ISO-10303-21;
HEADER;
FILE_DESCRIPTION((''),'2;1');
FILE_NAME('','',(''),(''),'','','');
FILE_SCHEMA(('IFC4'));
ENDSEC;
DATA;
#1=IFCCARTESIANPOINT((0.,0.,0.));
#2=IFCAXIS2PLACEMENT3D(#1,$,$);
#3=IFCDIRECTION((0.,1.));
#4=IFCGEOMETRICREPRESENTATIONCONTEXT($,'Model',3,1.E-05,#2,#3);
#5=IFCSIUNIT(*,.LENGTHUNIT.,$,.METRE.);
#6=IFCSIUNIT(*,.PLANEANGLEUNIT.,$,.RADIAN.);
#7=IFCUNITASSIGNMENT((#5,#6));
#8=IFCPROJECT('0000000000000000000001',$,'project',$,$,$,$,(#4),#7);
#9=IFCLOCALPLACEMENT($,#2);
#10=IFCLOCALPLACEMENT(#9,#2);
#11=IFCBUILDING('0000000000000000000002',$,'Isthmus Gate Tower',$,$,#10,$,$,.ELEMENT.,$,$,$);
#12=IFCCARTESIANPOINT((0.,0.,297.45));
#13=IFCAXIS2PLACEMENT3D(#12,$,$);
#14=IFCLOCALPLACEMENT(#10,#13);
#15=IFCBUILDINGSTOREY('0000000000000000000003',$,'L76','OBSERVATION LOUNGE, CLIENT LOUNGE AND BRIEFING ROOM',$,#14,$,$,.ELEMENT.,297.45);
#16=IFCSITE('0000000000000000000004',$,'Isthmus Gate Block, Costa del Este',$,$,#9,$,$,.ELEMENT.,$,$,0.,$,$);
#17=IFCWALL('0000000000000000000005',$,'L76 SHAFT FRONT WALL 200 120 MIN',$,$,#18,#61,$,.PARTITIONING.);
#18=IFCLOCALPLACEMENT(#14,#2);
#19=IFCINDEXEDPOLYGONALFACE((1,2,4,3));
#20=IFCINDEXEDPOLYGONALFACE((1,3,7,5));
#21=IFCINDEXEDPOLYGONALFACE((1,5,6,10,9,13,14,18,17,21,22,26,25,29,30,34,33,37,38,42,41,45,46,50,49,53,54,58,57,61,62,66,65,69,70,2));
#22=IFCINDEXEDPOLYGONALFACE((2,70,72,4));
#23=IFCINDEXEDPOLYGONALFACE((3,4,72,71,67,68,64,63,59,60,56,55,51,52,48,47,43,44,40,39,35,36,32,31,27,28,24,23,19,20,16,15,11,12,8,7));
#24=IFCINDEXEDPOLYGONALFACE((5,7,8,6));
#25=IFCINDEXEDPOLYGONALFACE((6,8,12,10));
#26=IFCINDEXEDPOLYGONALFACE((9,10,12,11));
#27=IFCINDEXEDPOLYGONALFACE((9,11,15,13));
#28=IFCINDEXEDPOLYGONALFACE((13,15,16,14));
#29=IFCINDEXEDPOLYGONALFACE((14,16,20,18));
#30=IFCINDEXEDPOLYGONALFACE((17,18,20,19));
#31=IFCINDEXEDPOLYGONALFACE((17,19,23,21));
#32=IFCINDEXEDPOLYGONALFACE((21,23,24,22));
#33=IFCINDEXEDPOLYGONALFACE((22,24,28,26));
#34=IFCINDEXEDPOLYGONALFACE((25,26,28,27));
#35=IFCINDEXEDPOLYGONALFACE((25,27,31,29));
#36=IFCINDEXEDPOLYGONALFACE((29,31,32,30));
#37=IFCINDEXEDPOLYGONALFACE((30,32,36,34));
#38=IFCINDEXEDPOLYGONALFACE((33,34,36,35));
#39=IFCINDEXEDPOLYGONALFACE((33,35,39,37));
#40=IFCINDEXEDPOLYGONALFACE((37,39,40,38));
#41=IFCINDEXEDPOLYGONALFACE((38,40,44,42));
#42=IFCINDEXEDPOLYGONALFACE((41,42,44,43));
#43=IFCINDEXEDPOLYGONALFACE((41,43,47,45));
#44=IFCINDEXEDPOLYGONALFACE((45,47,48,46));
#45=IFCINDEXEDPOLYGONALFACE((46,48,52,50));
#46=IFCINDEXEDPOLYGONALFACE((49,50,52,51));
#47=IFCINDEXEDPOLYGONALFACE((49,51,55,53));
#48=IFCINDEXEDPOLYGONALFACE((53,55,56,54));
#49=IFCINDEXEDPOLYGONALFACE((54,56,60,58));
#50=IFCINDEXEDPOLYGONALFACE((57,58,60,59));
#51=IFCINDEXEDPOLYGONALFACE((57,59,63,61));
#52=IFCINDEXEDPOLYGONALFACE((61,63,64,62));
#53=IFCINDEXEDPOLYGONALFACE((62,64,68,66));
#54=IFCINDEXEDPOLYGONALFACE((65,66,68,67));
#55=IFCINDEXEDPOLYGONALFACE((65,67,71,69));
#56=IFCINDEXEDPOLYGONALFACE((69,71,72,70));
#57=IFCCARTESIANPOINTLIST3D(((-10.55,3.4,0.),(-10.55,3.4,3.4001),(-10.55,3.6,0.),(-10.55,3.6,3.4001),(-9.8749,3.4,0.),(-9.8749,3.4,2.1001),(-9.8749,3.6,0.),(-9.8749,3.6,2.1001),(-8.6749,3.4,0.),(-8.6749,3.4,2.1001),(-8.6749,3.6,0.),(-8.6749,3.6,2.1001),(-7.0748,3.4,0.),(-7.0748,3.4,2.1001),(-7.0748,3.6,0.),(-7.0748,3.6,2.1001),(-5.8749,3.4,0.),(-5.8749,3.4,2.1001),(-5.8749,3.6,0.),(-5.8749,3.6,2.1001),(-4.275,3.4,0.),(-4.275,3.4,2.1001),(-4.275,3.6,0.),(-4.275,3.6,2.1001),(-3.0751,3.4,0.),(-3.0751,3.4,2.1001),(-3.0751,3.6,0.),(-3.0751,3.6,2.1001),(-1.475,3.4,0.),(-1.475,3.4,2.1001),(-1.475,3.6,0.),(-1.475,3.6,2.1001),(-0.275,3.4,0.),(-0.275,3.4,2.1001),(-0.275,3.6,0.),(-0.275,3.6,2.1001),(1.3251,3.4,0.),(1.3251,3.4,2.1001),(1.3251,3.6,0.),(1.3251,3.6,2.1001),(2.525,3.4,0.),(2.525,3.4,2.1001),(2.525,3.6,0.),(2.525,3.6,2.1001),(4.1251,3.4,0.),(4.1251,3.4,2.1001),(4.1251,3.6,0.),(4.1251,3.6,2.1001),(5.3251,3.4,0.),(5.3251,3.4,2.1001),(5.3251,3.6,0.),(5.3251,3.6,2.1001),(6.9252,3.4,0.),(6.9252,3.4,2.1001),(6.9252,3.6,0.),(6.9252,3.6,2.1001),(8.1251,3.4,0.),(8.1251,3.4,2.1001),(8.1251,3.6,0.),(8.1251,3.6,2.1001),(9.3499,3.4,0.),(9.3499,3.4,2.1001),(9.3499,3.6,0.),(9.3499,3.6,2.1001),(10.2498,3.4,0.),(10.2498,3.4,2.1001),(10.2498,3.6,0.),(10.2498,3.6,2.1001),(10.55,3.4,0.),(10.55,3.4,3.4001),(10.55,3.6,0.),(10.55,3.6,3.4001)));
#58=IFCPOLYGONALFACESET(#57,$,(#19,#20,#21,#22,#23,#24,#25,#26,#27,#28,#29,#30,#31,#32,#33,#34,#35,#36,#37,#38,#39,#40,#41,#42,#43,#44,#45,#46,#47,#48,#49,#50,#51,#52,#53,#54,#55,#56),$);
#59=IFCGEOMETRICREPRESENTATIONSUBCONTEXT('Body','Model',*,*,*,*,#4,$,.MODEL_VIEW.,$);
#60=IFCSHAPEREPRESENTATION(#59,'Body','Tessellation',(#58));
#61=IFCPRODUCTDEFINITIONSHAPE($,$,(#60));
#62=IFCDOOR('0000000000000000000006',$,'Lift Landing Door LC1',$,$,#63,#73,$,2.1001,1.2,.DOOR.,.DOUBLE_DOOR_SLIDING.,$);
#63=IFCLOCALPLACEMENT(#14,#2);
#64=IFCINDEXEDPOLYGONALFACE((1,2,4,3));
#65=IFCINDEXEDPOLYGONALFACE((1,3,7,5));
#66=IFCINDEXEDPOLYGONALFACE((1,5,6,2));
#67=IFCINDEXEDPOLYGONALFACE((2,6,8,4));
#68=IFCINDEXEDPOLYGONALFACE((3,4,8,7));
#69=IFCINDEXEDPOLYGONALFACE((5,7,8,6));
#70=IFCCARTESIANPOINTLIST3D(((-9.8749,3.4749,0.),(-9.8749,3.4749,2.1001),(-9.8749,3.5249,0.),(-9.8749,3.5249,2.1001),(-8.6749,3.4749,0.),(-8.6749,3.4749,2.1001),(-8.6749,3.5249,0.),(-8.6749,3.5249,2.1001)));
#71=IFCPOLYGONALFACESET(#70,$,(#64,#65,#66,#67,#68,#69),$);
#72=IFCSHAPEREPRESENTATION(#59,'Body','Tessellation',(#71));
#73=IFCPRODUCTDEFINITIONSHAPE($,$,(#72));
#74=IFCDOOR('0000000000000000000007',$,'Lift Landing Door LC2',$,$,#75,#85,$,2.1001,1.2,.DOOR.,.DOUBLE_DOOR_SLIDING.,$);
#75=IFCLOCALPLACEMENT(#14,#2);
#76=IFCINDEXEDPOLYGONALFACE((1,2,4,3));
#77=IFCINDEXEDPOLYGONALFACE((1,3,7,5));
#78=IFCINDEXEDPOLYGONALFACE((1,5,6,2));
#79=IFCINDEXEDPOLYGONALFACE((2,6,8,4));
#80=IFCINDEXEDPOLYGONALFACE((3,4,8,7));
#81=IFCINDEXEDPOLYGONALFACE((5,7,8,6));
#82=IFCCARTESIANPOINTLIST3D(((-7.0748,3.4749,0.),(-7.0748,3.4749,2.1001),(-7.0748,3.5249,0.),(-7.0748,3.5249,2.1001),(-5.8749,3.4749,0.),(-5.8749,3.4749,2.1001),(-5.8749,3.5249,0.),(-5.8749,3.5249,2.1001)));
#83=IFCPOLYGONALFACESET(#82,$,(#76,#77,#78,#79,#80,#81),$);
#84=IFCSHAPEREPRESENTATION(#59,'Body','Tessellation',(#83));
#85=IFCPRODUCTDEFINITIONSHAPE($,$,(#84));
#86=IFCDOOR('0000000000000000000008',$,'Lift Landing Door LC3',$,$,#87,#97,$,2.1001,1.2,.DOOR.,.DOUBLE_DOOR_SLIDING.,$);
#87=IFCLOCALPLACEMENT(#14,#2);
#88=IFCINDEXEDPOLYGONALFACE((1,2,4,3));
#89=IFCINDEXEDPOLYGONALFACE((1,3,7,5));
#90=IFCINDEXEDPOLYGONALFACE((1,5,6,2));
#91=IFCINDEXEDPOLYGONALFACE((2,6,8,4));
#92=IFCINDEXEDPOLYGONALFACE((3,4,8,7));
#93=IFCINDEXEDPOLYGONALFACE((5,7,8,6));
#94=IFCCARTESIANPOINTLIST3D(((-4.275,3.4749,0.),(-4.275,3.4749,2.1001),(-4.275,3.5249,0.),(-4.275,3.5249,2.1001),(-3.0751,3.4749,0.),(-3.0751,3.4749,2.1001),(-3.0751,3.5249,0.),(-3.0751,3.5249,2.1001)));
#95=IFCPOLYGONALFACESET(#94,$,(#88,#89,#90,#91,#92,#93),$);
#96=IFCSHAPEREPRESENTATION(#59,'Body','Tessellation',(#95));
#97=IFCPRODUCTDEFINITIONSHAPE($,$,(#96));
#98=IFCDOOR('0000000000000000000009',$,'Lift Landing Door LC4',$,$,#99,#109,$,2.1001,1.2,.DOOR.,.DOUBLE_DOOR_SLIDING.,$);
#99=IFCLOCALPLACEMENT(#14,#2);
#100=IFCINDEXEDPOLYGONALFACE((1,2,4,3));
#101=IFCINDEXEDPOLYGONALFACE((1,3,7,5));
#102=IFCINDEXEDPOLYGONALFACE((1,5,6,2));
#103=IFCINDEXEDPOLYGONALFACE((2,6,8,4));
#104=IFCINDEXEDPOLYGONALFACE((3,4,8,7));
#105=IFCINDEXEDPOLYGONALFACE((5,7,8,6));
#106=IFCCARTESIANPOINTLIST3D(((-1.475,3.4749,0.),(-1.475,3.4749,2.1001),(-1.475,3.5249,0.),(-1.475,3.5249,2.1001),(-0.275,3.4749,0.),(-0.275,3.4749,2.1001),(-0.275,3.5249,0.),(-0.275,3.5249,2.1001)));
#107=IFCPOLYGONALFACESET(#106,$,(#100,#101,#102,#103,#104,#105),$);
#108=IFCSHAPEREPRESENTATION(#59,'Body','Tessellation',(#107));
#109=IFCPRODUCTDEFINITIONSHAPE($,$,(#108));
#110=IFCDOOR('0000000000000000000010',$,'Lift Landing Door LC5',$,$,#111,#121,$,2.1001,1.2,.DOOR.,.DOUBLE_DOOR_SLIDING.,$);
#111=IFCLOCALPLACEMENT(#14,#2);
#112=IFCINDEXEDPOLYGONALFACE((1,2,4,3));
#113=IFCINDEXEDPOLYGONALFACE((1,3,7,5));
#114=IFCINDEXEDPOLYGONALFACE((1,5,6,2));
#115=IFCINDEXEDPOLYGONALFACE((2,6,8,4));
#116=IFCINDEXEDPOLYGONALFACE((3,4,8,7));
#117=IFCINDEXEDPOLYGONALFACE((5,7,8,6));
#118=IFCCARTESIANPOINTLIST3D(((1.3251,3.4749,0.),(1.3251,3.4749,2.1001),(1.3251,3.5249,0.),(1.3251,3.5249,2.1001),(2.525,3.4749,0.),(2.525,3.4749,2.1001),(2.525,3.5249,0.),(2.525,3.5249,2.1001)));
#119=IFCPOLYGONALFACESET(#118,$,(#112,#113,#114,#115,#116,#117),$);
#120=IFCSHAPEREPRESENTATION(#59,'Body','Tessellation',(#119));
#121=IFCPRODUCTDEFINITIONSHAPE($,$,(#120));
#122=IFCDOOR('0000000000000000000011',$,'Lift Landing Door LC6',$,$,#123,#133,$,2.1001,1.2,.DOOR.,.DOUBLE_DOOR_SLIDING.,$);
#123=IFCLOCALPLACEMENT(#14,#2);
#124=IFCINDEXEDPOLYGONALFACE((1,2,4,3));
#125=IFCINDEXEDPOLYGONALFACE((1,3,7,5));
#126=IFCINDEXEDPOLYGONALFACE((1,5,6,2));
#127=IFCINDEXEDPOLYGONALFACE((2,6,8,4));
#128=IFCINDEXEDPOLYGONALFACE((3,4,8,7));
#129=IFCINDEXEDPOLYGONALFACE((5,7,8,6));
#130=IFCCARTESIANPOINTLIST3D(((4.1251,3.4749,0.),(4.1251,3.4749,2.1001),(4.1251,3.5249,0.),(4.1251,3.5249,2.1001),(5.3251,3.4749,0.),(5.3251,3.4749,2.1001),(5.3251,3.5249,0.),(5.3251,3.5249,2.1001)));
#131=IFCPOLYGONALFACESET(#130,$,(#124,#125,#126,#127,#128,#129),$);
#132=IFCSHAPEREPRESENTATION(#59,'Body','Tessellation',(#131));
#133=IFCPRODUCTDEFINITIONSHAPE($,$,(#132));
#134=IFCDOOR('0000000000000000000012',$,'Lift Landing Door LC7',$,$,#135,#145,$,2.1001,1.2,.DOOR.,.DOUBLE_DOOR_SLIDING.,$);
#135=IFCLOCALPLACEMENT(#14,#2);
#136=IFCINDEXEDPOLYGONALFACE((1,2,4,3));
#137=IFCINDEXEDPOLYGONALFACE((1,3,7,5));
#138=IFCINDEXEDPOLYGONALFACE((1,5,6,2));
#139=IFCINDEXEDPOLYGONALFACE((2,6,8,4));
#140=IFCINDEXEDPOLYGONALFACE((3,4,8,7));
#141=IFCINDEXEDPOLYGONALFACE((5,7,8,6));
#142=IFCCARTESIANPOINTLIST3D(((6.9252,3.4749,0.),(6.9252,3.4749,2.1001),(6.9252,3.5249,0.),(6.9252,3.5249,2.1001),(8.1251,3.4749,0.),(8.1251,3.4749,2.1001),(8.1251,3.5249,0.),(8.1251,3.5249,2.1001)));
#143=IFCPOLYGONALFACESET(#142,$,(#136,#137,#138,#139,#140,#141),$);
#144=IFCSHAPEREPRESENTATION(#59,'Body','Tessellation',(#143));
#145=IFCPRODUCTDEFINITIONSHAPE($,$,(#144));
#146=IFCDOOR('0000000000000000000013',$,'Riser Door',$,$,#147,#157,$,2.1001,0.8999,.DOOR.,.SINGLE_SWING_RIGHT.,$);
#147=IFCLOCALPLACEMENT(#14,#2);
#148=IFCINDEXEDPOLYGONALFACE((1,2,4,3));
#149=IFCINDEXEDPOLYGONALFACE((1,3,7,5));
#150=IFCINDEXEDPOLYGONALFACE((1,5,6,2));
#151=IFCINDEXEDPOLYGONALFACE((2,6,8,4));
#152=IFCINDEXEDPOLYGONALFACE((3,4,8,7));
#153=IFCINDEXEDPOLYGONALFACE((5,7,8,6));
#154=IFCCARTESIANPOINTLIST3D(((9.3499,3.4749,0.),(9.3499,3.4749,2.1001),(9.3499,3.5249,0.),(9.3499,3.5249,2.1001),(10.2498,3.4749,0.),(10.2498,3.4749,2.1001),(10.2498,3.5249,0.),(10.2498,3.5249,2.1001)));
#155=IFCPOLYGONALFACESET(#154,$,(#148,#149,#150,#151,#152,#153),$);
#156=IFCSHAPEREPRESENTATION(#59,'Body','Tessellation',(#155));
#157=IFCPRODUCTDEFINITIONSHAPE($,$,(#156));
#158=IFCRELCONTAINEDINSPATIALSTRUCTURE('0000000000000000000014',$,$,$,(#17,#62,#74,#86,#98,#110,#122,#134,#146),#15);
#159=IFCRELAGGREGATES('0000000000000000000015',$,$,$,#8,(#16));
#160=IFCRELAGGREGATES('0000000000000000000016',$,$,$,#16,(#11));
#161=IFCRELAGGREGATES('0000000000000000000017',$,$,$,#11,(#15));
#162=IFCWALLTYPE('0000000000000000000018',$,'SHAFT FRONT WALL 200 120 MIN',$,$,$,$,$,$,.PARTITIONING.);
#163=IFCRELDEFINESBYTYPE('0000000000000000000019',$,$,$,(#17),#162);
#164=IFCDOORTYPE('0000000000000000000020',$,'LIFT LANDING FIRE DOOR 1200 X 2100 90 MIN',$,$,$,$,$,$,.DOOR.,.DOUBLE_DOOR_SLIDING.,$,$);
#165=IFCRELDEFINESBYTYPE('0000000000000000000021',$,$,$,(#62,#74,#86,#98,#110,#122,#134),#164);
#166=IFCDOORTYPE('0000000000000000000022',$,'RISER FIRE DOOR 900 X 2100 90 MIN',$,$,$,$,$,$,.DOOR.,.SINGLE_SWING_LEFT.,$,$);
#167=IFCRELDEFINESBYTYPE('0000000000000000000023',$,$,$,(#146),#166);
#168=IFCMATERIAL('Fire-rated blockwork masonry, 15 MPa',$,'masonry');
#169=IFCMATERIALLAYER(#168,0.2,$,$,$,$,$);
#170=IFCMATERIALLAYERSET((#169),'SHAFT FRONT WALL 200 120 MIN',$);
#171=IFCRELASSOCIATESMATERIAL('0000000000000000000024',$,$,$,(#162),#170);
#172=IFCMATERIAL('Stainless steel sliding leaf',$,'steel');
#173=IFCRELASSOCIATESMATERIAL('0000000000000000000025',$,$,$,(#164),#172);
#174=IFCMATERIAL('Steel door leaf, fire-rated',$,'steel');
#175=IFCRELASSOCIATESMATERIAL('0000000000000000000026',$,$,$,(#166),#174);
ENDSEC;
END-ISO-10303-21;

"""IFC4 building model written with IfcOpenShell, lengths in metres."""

from ifc_helpers import new_model, si_unit, direction, frame, frame_2d, origin, place, context, subcontext, project, spatial, rectangle, extrude, material, layer, layer_set, type_object, element, fill, save


model = new_model("IFC4")

# Units and contexts
model_context = context("Model", 3, precision=1e-05, world=origin(), true_north=direction((0.0, 1.0)))
body_context = subcontext(model_context, "Body", "Model", "MODEL_VIEW")
ifc_project = project(units=[si_unit("LENGTHUNIT", "METRE"), si_unit("PLANEANGLEUNIT", "RADIAN")], contexts=[model_context])

# Site, building, storey
site_placement = place(None, origin())
site = spatial("IfcSite", under=ifc_project, at=site_placement, Name="Isthmus Gate Block, Costa del Este", CompositionType="ELEMENT", RefElevation=0.0)
building_placement = place(site_placement, origin())
building = spatial("IfcBuilding", under=site, at=building_placement, Name="Isthmus Gate Tower", CompositionType="ELEMENT")
storey_placement = place(building_placement, frame((0.0, 0.0, 297.45)))
storey = spatial("IfcBuildingStorey", under=building, at=storey_placement, Name="L76", Description="OBSERVATION LOUNGE, CLIENT LOUNGE AND BRIEFING ROOM", CompositionType="ELEMENT", Elevation=297.45)

# Wall, openings, doors
ifc_material_1 = material(Name="Fire-rated blockwork masonry, 15 MPa", Category="masonry")
ifc_layer_1 = layer(ifc_material_1, 0.2)
ifc_layer_set_1 = layer_set([ifc_layer_1], Name="SHAFT FRONT WALL 200 120 MIN")
wall_type_1 = type_object("IfcWallType", Name="SHAFT FRONT WALL 200 120 MIN", PredefinedType="PARTITIONING", material=ifc_layer_set_1)
wall_1_placement = place(storey_placement, frame((-10.55, 3.5, 0.0), z_axis=(0.0, 0.0, 1.0), x_axis=(1.0, 0.0, 0.0)))
wall_1 = element("IfcWall", 1, at=wall_1_placement, inside=storey, type_object=wall_type_1, Name="L76 SHAFT FRONT WALL 200 120 MIN", PredefinedType="PARTITIONING", context=body_context, shape_type="SweptSolid", body=[
    extrude(rectangle(XDim=21.1001, YDim=0.2, at=frame_2d((10.55, 0.0))), origin(), (0.0, 0.0, 1.0), 3.4001),
])
opening_1_placement = place(wall_1_placement, frame((0.675, 0.0, 0.0)))
opening_1 = element("IfcOpeningElement", 2, at=opening_1_placement, cuts=wall_1, PredefinedType="OPENING", context=body_context, shape_type="SweptSolid", body=[
    extrude(rectangle(XDim=1.2, YDim=2.1001, at=frame_2d((0.6001, 1.05))), frame((0.0, 0.1099, 0.0), z_axis=(0.0, -1.0, 0.0), x_axis=(1.0, 0.0, 0.0)), (0.0, 0.0, 1.0), 0.22),
])
opening_2_placement = place(wall_1_placement, frame((3.4751, 0.0, 0.0)))
opening_2 = element("IfcOpeningElement", 3, at=opening_2_placement, cuts=wall_1, PredefinedType="OPENING", context=body_context, shape_type="SweptSolid", body=[
    extrude(rectangle(XDim=1.2, YDim=2.1001, at=frame_2d((0.6001, 1.05))), frame((0.0, 0.1099, 0.0), z_axis=(0.0, -1.0, 0.0), x_axis=(1.0, 0.0, 0.0)), (0.0, 0.0, 1.0), 0.22),
])
opening_3_placement = place(wall_1_placement, frame((6.2749, 0.0, 0.0)))
opening_3 = element("IfcOpeningElement", 4, at=opening_3_placement, cuts=wall_1, PredefinedType="OPENING", context=body_context, shape_type="SweptSolid", body=[
    extrude(rectangle(XDim=1.2, YDim=2.1001, at=frame_2d((0.6001, 1.05))), frame((0.0, 0.1099, 0.0), z_axis=(0.0, -1.0, 0.0), x_axis=(1.0, 0.0, 0.0)), (0.0, 0.0, 1.0), 0.22),
])
opening_4_placement = place(wall_1_placement, frame((9.075, 0.0, 0.0)))
opening_4 = element("IfcOpeningElement", 5, at=opening_4_placement, cuts=wall_1, PredefinedType="OPENING", context=body_context, shape_type="SweptSolid", body=[
    extrude(rectangle(XDim=1.2, YDim=2.1001, at=frame_2d((0.6001, 1.05))), frame((0.0, 0.1099, 0.0), z_axis=(0.0, -1.0, 0.0), x_axis=(1.0, 0.0, 0.0)), (0.0, 0.0, 1.0), 0.22),
])
opening_5_placement = place(wall_1_placement, frame((11.875, 0.0, 0.0)))
opening_5 = element("IfcOpeningElement", 6, at=opening_5_placement, cuts=wall_1, PredefinedType="OPENING", context=body_context, shape_type="SweptSolid", body=[
    extrude(rectangle(XDim=1.2, YDim=2.1001, at=frame_2d((0.6001, 1.05))), frame((0.0, 0.1099, 0.0), z_axis=(0.0, -1.0, 0.0), x_axis=(1.0, 0.0, 0.0)), (0.0, 0.0, 1.0), 0.22),
])
opening_6_placement = place(wall_1_placement, frame((14.675, 0.0, 0.0)))
opening_6 = element("IfcOpeningElement", 7, at=opening_6_placement, cuts=wall_1, PredefinedType="OPENING", context=body_context, shape_type="SweptSolid", body=[
    extrude(rectangle(XDim=1.2, YDim=2.1001, at=frame_2d((0.6001, 1.05))), frame((0.0, 0.1099, 0.0), z_axis=(0.0, -1.0, 0.0), x_axis=(1.0, 0.0, 0.0)), (0.0, 0.0, 1.0), 0.22),
])
opening_7_placement = place(wall_1_placement, frame((17.4751, 0.0, 0.0)))
opening_7 = element("IfcOpeningElement", 8, at=opening_7_placement, cuts=wall_1, PredefinedType="OPENING", context=body_context, shape_type="SweptSolid", body=[
    extrude(rectangle(XDim=1.2, YDim=2.1001, at=frame_2d((0.6001, 1.05))), frame((0.0, 0.1099, 0.0), z_axis=(0.0, -1.0, 0.0), x_axis=(1.0, 0.0, 0.0)), (0.0, 0.0, 1.0), 0.22),
])
opening_8_placement = place(wall_1_placement, frame((19.8999, 0.0, 0.0)))
opening_8 = element("IfcOpeningElement", 9, at=opening_8_placement, cuts=wall_1, PredefinedType="OPENING", context=body_context, shape_type="SweptSolid", body=[
    extrude(rectangle(XDim=0.8999, YDim=2.1001, at=frame_2d((0.45, 1.05))), frame((0.0, 0.1099, 0.0), z_axis=(0.0, -1.0, 0.0), x_axis=(1.0, 0.0, 0.0)), (0.0, 0.0, 1.0), 0.22),
])
ifc_material_2 = material(Name="Stainless steel sliding leaf", Category="steel")
door_type_1 = type_object("IfcDoorType", Name="LIFT LANDING FIRE DOOR 1200 X 2100 90 MIN", OperationType="DOUBLE_DOOR_SLIDING", PredefinedType="DOOR", material=ifc_material_2)
door_1_placement = place(opening_1_placement, origin())
door_1 = element("IfcDoor", 10, at=door_1_placement, inside=storey, type_object=door_type_1, Name="Lift Landing Door LC1", OperationType="DOUBLE_DOOR_SLIDING", OverallHeight=2.1001, OverallWidth=1.2, PredefinedType="DOOR", context=body_context, shape_type="SweptSolid", body=[
    extrude(rectangle(XDim=1.2, YDim=2.1001, at=frame_2d((0.6001, 1.05))), frame((0.0, 0.0249, 0.0), z_axis=(0.0, -1.0, 0.0), x_axis=(1.0, 0.0, 0.0)), (0.0, 0.0, 1.0), 0.05),
])
fill(opening_1, door_1)
door_2_placement = place(opening_2_placement, origin())
door_2 = element("IfcDoor", 11, at=door_2_placement, inside=storey, type_object=door_type_1, Name="Lift Landing Door LC2", OperationType="DOUBLE_DOOR_SLIDING", OverallHeight=2.1001, OverallWidth=1.2, PredefinedType="DOOR", context=body_context, shape_type="SweptSolid", body=[
    extrude(rectangle(XDim=1.2, YDim=2.1001, at=frame_2d((0.6001, 1.05))), frame((0.0, 0.0249, 0.0), z_axis=(0.0, -1.0, 0.0), x_axis=(1.0, 0.0, 0.0)), (0.0, 0.0, 1.0), 0.05),
])
fill(opening_2, door_2)
door_3_placement = place(opening_3_placement, origin())
door_3 = element("IfcDoor", 12, at=door_3_placement, inside=storey, type_object=door_type_1, Name="Lift Landing Door LC3", OperationType="DOUBLE_DOOR_SLIDING", OverallHeight=2.1001, OverallWidth=1.2, PredefinedType="DOOR", context=body_context, shape_type="SweptSolid", body=[
    extrude(rectangle(XDim=1.2, YDim=2.1001, at=frame_2d((0.6001, 1.05))), frame((0.0, 0.0249, 0.0), z_axis=(0.0, -1.0, 0.0), x_axis=(1.0, 0.0, 0.0)), (0.0, 0.0, 1.0), 0.05),
])
fill(opening_3, door_3)
door_4_placement = place(opening_4_placement, origin())
door_4 = element("IfcDoor", 13, at=door_4_placement, inside=storey, type_object=door_type_1, Name="Lift Landing Door LC4", OperationType="DOUBLE_DOOR_SLIDING", OverallHeight=2.1001, OverallWidth=1.2, PredefinedType="DOOR", context=body_context, shape_type="SweptSolid", body=[
    extrude(rectangle(XDim=1.2, YDim=2.1001, at=frame_2d((0.6001, 1.05))), frame((0.0, 0.0249, 0.0), z_axis=(0.0, -1.0, 0.0), x_axis=(1.0, 0.0, 0.0)), (0.0, 0.0, 1.0), 0.05),
])
fill(opening_4, door_4)
door_5_placement = place(opening_5_placement, origin())
door_5 = element("IfcDoor", 14, at=door_5_placement, inside=storey, type_object=door_type_1, Name="Lift Landing Door LC5", OperationType="DOUBLE_DOOR_SLIDING", OverallHeight=2.1001, OverallWidth=1.2, PredefinedType="DOOR", context=body_context, shape_type="SweptSolid", body=[
    extrude(rectangle(XDim=1.2, YDim=2.1001, at=frame_2d((0.6001, 1.05))), frame((0.0, 0.0249, 0.0), z_axis=(0.0, -1.0, 0.0), x_axis=(1.0, 0.0, 0.0)), (0.0, 0.0, 1.0), 0.05),
])
fill(opening_5, door_5)
door_6_placement = place(opening_6_placement, origin())
door_6 = element("IfcDoor", 15, at=door_6_placement, inside=storey, type_object=door_type_1, Name="Lift Landing Door LC6", OperationType="DOUBLE_DOOR_SLIDING", OverallHeight=2.1001, OverallWidth=1.2, PredefinedType="DOOR", context=body_context, shape_type="SweptSolid", body=[
    extrude(rectangle(XDim=1.2, YDim=2.1001, at=frame_2d((0.6001, 1.05))), frame((0.0, 0.0249, 0.0), z_axis=(0.0, -1.0, 0.0), x_axis=(1.0, 0.0, 0.0)), (0.0, 0.0, 1.0), 0.05),
])
fill(opening_6, door_6)
door_7_placement = place(opening_7_placement, origin())
door_7 = element("IfcDoor", 16, at=door_7_placement, inside=storey, type_object=door_type_1, Name="Lift Landing Door LC7", OperationType="DOUBLE_DOOR_SLIDING", OverallHeight=2.1001, OverallWidth=1.2, PredefinedType="DOOR", context=body_context, shape_type="SweptSolid", body=[
    extrude(rectangle(XDim=1.2, YDim=2.1001, at=frame_2d((0.6001, 1.05))), frame((0.0, 0.0249, 0.0), z_axis=(0.0, -1.0, 0.0), x_axis=(1.0, 0.0, 0.0)), (0.0, 0.0, 1.0), 0.05),
])
fill(opening_7, door_7)
ifc_material_3 = material(Name="Steel door leaf, fire-rated", Category="steel")
door_type_2 = type_object("IfcDoorType", Name="RISER FIRE DOOR 900 X 2100 90 MIN", OperationType="SINGLE_SWING_LEFT", PredefinedType="DOOR", material=ifc_material_3)
door_8_placement = place(opening_8_placement, origin())
door_8 = element("IfcDoor", 17, at=door_8_placement, inside=storey, type_object=door_type_2, Name="Riser Door", OperationType="SINGLE_SWING_RIGHT", OverallHeight=2.1001, OverallWidth=0.8999, PredefinedType="DOOR", context=body_context, shape_type="SweptSolid", body=[
    extrude(rectangle(XDim=0.8999, YDim=2.1001, at=frame_2d((0.45, 1.05))), frame((0.0, 0.0249, 0.0), z_axis=(0.0, -1.0, 0.0), x_axis=(1.0, 0.0, 0.0)), (0.0, 0.0, 1.0), 0.05),
])
fill(opening_8, door_8)

save(model, "model.ifc")
